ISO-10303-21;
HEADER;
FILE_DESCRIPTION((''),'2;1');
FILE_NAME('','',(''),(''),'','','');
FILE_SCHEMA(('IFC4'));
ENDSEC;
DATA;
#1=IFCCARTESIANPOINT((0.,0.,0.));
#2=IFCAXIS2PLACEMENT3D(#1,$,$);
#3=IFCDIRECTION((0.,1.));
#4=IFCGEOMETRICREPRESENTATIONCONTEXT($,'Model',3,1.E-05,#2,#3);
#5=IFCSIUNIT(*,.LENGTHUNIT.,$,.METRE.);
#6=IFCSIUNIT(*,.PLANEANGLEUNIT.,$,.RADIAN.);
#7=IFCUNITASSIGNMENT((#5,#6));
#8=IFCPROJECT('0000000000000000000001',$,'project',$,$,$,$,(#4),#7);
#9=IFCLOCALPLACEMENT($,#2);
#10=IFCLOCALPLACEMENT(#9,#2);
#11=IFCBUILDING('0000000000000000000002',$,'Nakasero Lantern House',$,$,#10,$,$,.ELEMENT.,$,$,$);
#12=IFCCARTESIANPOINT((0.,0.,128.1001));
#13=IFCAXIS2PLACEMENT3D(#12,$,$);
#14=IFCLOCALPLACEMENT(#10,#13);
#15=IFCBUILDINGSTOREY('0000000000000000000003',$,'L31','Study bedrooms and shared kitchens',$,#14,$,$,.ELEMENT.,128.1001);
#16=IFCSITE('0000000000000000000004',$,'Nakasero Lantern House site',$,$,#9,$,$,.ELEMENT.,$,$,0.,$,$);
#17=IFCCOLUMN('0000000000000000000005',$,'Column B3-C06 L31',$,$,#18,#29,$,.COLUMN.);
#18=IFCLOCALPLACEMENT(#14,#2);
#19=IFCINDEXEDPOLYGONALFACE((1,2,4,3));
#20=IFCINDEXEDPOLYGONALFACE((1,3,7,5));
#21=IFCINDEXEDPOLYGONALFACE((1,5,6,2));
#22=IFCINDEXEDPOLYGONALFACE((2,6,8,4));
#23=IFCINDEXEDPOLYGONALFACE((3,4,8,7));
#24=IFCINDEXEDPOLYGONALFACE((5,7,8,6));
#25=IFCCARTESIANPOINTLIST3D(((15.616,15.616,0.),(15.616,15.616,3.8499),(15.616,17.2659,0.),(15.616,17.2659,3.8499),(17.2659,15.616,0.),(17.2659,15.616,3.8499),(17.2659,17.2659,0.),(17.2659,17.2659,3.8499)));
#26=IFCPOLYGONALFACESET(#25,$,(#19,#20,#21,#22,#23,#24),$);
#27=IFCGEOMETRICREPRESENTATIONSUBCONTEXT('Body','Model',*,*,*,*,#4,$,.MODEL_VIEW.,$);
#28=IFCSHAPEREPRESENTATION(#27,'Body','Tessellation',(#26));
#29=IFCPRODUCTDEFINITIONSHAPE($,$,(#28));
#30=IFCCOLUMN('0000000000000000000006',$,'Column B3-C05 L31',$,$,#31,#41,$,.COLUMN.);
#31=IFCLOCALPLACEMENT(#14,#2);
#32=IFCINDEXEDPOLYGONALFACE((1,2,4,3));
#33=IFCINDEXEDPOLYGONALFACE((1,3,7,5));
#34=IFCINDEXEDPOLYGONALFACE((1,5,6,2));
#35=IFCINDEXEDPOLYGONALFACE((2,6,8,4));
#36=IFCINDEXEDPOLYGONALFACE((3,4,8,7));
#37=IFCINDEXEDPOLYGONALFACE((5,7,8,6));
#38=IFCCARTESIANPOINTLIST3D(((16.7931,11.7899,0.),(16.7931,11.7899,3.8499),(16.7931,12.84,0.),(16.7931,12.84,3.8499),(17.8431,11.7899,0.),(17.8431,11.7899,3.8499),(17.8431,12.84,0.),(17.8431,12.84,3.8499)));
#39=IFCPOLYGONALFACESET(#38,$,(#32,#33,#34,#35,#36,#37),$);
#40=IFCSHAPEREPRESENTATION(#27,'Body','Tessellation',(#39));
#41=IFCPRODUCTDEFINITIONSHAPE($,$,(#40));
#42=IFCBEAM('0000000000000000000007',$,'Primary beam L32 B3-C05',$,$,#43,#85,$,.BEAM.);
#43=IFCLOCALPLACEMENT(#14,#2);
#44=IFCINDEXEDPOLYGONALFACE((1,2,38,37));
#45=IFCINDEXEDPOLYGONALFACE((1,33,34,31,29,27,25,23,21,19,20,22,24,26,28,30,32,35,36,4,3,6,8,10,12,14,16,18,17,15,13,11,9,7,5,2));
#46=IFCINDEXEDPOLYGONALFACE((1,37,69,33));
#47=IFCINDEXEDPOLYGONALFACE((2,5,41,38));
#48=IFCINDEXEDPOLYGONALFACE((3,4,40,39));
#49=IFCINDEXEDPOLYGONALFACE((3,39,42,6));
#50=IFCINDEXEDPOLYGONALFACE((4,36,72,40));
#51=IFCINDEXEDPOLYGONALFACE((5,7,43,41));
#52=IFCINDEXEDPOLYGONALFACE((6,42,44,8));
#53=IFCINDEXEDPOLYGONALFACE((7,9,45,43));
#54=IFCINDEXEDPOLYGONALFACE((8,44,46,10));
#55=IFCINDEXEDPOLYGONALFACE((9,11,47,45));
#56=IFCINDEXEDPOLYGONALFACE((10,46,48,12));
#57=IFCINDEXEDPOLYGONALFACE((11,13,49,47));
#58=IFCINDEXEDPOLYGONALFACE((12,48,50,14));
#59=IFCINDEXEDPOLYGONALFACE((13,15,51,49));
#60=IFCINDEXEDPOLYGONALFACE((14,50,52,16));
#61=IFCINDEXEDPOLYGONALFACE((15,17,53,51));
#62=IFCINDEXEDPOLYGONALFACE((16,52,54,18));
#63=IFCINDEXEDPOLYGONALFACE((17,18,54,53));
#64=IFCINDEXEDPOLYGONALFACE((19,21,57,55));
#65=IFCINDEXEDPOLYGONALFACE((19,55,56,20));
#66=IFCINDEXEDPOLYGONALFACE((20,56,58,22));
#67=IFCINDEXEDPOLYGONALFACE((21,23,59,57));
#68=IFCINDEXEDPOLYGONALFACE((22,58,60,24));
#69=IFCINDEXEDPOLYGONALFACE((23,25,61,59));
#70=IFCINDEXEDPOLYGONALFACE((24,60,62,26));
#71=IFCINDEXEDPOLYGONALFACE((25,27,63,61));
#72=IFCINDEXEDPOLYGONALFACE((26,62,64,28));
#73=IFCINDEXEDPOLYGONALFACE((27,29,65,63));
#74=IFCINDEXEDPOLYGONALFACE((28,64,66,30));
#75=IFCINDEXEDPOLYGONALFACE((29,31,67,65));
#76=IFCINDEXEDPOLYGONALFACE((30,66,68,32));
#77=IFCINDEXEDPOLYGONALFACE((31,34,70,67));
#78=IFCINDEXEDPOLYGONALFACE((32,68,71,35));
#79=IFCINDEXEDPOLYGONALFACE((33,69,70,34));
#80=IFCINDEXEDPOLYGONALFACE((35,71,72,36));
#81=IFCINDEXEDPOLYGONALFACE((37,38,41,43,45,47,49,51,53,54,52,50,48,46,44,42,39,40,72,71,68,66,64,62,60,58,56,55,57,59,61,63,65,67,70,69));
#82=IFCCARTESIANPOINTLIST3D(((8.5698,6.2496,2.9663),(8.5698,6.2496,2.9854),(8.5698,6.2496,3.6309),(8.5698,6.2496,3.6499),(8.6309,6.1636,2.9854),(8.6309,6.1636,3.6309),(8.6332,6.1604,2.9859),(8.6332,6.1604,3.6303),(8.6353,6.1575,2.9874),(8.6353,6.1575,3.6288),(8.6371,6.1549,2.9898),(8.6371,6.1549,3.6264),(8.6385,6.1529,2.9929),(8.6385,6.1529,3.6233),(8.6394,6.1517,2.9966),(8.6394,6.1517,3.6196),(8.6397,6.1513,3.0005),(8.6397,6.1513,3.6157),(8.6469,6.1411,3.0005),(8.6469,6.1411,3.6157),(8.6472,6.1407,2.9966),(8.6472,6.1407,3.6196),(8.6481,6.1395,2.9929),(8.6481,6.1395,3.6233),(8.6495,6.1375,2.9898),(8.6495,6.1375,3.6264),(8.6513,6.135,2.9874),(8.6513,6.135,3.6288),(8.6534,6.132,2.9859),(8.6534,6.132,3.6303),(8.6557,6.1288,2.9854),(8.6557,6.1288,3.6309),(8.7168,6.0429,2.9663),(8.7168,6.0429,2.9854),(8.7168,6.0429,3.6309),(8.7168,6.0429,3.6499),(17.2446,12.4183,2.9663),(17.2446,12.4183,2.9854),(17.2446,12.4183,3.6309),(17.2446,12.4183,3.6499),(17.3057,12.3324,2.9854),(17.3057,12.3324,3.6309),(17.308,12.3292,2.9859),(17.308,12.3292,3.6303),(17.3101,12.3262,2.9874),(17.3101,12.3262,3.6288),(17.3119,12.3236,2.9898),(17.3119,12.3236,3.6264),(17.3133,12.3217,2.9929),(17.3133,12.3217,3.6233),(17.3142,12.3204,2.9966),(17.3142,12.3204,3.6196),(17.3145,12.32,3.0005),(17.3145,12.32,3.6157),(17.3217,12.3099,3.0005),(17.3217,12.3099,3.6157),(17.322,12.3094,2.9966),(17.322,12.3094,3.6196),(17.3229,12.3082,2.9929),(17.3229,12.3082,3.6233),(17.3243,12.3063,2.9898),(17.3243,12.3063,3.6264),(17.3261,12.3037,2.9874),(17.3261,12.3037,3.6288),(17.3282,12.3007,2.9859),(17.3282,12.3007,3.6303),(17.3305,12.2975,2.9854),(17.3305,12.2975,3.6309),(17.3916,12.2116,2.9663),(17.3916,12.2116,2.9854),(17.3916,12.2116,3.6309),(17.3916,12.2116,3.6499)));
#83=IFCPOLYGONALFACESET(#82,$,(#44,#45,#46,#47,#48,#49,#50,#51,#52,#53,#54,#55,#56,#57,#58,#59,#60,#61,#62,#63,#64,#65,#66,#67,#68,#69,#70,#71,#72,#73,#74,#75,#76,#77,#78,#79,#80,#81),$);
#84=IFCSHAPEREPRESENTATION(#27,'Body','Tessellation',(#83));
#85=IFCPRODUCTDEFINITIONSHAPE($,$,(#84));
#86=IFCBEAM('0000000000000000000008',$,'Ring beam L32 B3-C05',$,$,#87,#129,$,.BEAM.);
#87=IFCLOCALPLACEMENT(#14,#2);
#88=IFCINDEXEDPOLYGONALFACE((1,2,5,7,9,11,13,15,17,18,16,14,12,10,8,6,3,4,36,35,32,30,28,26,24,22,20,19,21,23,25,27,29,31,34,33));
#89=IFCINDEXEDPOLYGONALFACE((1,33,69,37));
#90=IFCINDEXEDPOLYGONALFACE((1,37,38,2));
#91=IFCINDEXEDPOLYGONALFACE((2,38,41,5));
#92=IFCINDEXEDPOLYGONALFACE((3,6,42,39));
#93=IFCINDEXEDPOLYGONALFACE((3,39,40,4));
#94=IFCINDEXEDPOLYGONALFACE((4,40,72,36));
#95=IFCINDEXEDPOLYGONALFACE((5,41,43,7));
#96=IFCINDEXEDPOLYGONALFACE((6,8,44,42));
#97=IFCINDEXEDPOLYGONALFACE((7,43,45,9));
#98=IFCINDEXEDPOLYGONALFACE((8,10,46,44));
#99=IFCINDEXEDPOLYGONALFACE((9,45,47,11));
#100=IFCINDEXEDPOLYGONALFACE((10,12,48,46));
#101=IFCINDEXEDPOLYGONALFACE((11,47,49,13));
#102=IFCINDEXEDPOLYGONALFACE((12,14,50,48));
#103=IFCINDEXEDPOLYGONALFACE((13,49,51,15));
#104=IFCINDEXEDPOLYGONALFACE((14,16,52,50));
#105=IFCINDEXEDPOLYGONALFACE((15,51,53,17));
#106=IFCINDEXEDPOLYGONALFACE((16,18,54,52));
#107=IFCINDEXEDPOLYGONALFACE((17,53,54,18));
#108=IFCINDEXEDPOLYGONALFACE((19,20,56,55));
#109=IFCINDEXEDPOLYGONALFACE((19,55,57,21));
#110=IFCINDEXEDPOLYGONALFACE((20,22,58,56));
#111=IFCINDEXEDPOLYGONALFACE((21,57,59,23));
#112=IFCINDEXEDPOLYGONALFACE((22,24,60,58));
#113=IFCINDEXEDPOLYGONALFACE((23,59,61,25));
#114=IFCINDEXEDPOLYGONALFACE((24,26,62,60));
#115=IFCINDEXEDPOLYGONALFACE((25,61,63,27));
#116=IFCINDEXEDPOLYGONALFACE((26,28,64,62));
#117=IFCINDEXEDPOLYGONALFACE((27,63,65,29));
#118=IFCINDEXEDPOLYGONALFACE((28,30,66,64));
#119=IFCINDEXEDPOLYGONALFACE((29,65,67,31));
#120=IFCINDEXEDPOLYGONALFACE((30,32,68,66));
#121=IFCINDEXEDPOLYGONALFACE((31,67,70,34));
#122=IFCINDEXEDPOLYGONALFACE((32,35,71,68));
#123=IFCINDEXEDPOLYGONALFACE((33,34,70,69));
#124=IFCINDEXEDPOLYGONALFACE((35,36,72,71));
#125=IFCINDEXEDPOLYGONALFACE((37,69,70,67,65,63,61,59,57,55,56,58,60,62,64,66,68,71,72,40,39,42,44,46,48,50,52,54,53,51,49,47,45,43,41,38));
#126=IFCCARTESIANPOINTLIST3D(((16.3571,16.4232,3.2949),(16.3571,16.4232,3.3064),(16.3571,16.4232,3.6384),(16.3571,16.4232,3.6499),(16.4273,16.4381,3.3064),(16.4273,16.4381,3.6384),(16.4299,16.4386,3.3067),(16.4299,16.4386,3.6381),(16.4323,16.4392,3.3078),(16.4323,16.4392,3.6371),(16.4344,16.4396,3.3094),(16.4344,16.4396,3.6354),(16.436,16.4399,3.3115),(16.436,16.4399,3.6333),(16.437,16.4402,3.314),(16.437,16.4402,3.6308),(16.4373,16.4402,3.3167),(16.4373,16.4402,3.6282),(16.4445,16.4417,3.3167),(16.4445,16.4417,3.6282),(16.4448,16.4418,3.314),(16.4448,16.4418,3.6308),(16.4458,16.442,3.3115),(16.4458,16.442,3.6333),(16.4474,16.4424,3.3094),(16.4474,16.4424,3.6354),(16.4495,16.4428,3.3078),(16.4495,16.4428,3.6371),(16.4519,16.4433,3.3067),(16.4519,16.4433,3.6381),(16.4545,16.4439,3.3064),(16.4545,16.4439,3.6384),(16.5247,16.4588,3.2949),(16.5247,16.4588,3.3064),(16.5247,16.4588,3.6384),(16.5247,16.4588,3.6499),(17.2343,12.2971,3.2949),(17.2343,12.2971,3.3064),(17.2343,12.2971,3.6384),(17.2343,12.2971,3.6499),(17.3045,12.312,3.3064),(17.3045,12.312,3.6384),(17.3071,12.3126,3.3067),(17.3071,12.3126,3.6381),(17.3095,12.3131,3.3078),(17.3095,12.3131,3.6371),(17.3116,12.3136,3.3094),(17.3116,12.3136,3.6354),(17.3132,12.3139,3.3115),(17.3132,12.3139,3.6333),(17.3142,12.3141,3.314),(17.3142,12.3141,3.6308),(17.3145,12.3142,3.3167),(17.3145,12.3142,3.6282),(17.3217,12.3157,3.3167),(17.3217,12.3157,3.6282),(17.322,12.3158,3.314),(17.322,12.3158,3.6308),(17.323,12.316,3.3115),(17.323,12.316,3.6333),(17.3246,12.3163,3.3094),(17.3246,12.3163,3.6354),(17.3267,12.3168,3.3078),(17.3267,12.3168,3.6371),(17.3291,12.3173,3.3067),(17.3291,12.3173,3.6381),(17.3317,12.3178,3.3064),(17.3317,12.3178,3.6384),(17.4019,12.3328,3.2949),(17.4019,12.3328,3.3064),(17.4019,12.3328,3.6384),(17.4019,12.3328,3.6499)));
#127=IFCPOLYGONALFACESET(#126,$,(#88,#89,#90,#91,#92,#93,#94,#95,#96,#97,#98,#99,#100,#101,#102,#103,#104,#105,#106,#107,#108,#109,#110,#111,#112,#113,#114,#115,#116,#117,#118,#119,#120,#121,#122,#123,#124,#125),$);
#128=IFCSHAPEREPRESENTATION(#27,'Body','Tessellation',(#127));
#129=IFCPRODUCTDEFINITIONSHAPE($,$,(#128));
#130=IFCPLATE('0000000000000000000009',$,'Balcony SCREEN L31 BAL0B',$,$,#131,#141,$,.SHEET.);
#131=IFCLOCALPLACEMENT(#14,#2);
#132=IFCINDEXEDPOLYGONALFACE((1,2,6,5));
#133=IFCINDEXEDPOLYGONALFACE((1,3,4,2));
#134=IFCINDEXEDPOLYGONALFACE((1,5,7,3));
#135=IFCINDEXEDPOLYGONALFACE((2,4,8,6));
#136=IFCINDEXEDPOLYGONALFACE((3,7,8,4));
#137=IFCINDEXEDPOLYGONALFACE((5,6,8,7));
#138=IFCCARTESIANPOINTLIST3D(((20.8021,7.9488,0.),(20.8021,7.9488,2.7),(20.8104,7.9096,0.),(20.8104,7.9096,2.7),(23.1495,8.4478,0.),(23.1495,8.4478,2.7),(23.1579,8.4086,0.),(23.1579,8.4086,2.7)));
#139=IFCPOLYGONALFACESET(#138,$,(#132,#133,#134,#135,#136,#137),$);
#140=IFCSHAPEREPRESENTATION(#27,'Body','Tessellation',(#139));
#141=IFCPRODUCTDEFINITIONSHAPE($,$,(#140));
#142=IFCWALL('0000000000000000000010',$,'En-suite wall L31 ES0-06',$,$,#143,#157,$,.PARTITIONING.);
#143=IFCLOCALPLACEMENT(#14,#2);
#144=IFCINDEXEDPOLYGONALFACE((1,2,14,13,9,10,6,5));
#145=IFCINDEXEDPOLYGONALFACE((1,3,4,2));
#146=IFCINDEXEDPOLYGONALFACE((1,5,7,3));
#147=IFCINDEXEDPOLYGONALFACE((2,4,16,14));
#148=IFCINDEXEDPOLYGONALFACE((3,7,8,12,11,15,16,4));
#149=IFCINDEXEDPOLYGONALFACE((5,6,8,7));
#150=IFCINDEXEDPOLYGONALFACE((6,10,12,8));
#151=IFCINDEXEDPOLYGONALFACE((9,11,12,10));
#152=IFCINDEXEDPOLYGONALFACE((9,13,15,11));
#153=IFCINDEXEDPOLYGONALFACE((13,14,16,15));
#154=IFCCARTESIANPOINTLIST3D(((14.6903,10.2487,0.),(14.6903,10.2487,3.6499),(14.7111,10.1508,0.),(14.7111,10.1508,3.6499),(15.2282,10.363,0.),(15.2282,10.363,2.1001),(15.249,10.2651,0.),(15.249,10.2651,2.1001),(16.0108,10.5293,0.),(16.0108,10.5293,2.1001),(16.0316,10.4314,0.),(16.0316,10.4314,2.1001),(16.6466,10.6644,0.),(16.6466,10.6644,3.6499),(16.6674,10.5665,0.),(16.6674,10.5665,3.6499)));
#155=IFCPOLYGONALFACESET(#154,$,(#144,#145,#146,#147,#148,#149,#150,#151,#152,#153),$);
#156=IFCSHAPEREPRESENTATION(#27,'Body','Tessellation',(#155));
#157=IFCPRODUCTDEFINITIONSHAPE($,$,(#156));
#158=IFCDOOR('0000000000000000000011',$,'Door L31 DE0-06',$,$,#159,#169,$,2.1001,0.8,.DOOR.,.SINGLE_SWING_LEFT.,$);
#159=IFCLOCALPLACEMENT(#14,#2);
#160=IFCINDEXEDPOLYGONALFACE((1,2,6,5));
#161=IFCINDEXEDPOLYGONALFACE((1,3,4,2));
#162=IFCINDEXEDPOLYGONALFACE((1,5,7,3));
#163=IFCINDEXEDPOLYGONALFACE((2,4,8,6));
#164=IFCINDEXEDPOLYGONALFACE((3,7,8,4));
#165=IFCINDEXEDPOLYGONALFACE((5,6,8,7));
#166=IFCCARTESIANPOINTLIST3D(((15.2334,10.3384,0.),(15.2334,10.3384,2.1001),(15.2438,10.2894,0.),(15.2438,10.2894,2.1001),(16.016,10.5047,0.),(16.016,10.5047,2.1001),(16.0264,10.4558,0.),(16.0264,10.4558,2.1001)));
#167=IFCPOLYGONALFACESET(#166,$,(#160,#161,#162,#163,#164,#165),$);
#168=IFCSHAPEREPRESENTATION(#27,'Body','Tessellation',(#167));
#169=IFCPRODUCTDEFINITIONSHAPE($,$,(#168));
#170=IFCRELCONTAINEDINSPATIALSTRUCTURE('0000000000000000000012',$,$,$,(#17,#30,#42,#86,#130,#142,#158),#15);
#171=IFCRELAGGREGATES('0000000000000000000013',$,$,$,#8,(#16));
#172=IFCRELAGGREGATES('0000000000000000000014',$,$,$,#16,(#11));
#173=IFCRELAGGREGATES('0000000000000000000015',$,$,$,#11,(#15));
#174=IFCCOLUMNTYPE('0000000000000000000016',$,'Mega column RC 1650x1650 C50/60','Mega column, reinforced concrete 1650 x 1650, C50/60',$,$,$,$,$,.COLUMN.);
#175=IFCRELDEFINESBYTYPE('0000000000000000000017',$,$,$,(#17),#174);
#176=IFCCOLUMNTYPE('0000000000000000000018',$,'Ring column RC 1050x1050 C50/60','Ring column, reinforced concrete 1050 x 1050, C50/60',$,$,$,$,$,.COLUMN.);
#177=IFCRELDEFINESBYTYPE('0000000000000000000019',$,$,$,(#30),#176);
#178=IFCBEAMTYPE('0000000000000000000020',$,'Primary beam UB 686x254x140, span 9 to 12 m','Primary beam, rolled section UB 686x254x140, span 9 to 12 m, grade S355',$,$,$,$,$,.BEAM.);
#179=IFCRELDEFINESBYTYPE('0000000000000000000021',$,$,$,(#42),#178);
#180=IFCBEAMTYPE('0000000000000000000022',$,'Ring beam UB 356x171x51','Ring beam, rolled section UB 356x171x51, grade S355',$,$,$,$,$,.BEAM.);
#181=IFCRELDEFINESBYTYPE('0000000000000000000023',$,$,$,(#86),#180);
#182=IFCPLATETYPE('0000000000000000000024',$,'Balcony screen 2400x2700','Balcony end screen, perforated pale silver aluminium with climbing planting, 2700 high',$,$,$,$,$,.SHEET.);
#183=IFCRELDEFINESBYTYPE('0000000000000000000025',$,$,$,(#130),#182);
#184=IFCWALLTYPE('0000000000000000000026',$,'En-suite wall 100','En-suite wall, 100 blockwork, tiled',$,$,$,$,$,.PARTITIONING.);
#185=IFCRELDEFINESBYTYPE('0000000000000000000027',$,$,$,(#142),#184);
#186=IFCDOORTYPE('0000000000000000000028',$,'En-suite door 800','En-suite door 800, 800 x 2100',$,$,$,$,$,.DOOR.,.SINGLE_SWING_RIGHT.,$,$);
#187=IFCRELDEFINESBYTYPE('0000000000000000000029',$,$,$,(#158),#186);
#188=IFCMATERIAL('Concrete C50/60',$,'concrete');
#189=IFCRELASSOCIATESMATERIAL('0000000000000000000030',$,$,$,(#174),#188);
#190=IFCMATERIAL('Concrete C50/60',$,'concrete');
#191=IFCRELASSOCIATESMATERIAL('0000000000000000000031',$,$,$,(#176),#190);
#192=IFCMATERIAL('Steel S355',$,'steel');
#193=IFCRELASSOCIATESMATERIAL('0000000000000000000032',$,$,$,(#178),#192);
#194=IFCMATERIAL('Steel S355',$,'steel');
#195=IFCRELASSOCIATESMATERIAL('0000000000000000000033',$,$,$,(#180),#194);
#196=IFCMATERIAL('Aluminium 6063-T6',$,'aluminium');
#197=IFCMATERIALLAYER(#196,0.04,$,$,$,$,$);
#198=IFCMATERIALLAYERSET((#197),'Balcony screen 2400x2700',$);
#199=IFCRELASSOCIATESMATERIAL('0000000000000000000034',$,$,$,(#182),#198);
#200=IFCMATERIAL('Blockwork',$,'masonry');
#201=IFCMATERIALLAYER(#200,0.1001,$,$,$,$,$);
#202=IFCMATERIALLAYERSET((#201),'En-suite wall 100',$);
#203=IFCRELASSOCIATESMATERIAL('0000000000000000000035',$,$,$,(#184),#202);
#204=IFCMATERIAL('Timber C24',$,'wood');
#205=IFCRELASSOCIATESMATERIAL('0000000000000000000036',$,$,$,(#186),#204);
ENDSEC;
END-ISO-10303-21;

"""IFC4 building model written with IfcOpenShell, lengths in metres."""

from ifc_helpers import new_model, si_unit, direction, frame, frame_2d, origin, origin_2d, place, context, subcontext, project, spatial, rectangle, i_section, extrude, material, layer, layer_set, material_profile, profile_set, type_object, element, fill, save


model = new_model("IFC4")

# Units and contexts
model_context = context("Model", 3, precision=1e-05, world=origin(), true_north=direction((0.0, 1.0)))
body_context = subcontext(model_context, "Body", "Model", "MODEL_VIEW")
ifc_project = project(units=[si_unit("LENGTHUNIT", "METRE"), si_unit("PLANEANGLEUNIT", "RADIAN")], contexts=[model_context])

# Site, building, storey
site_placement = place(None, origin())
site = spatial("IfcSite", under=ifc_project, at=site_placement, Name="Nakasero Lantern House site", CompositionType="ELEMENT", RefElevation=0.0)
building_placement = place(site_placement, origin())
building = spatial("IfcBuilding", under=site, at=building_placement, Name="Nakasero Lantern House", CompositionType="ELEMENT")
storey_placement = place(building_placement, frame((0.0, 0.0, 128.1001)))
storey = spatial("IfcBuildingStorey", under=building, at=storey_placement, Name="L31", Description="Study bedrooms and shared kitchens", CompositionType="ELEMENT", Elevation=128.1001)

# Columns
ifc_material_1 = material(Name="Concrete C50/60", Category="concrete")
ifc_material_profile_1 = material_profile(ifc_material_1, rectangle(XDim=1.6499, YDim=1.6499, at=origin_2d()), Name="RC 1650x1650")
ifc_profile_set_1 = profile_set([ifc_material_profile_1], Name="Concrete C50/60")
column_type_1 = type_object("IfcColumnType", Name="Mega column RC 1650x1650 C50/60", Description="Mega column, reinforced concrete 1650 x 1650, C50/60", PredefinedType="COLUMN", material=ifc_profile_set_1)
column_1_placement = place(storey_placement, frame((16.4409, 16.4409, 0.0), z_axis=(0.0, 0.0, 1.0), x_axis=(1.0, 0.0, 0.0)))
element("IfcColumn", 1, at=column_1_placement, inside=storey, type_object=column_type_1, Name="Column B3-C06 L31", PredefinedType="COLUMN", context=body_context, shape_type="SweptSolid", body=[
    extrude(rectangle(XDim=1.6499, YDim=1.6499, at=origin_2d()), origin(), (0.0, 0.0, 1.0), 3.8499),
])
ifc_material_2 = material(Name="Concrete C50/60", Category="concrete")
ifc_material_profile_2 = material_profile(ifc_material_2, rectangle(XDim=1.05, YDim=1.05, at=origin_2d()), Name="RC 1050x1050")
ifc_profile_set_2 = profile_set([ifc_material_profile_2], Name="Concrete C50/60")
column_type_2 = type_object("IfcColumnType", Name="Ring column RC 1050x1050 C50/60", Description="Ring column, reinforced concrete 1050 x 1050, C50/60", PredefinedType="COLUMN", material=ifc_profile_set_2)
column_2_placement = place(storey_placement, frame((17.3181, 12.3149, 0.0), z_axis=(0.0, 0.0, 1.0), x_axis=(1.0, 0.0, 0.0)))
element("IfcColumn", 2, at=column_2_placement, inside=storey, type_object=column_type_2, Name="Column B3-C05 L31", PredefinedType="COLUMN", context=body_context, shape_type="SweptSolid", body=[
    extrude(rectangle(XDim=1.05, YDim=1.05, at=origin_2d()), origin(), (0.0, 0.0, 1.0), 3.8499),
])

# Beams
ifc_material_3 = material(Name="Steel S355", Category="steel")
ifc_material_profile_3 = material_profile(ifc_material_3, i_section(OverallWidth=0.2537, OverallDepth=0.6836, WebThickness=0.0125, FlangeThickness=0.019, FilletRadius=0.0151, at=origin_2d()), Name="UB 686x254x140")
ifc_profile_set_3 = profile_set([ifc_material_profile_3], Name="Steel S355")
beam_type_1 = type_object("IfcBeamType", Name="Primary beam UB 686x254x140, span 9 to 12 m", Description="Primary beam, rolled section UB 686x254x140, span 9 to 12 m, grade S355", PredefinedType="BEAM", material=ifc_profile_set_3)
beam_1_placement = place(storey_placement, frame((17.3181, 12.3149, 3.3081), z_axis=(-0.814957, -0.579521, 0.0), x_axis=(0.579521, -0.814957, 0.0)))
element("IfcBeam", 3, at=beam_1_placement, inside=storey, type_object=beam_type_1, Name="Primary beam L32 B3-C05", PredefinedType="BEAM", context=body_context, shape_type="SweptSolid", body=[
    extrude(i_section(OverallWidth=0.2537, OverallDepth=0.6836, WebThickness=0.0125, FlangeThickness=0.019, FilletRadius=0.0151, at=origin_2d()), origin(), (0.0, 0.0, 1.0), 10.6445),
])
ifc_material_4 = material(Name="Steel S355", Category="steel")
ifc_material_profile_4 = material_profile(ifc_material_4, i_section(OverallWidth=0.1714, OverallDepth=0.355, WebThickness=0.0073, FlangeThickness=0.0115, FilletRadius=0.0103, at=origin_2d()), Name="UB 356x171x51")
ifc_profile_set_4 = profile_set([ifc_material_profile_4], Name="Steel S355")
beam_type_2 = type_object("IfcBeamType", Name="Ring beam UB 356x171x51", Description="Ring beam, rolled section UB 356x171x51, grade S355", PredefinedType="BEAM", material=ifc_profile_set_4)
beam_2_placement = place(storey_placement, frame((17.3181, 12.3149, 3.4724), z_axis=(-0.207956, 0.978138, 0.0), x_axis=(-0.978138, -0.207956, 0.0)))
element("IfcBeam", 4, at=beam_2_placement, inside=storey, type_object=beam_type_2, Name="Ring beam L32 B3-C05", PredefinedType="BEAM", context=body_context, shape_type="SweptSolid", body=[
    extrude(i_section(OverallWidth=0.1714, OverallDepth=0.355, WebThickness=0.0073, FlangeThickness=0.0115, FilletRadius=0.0103, at=origin_2d()), origin(), (0.0, 0.0, 1.0), 4.2183),
])

# Plate
ifc_material_5 = material(Name="Aluminium 6063-T6", Category="aluminium")
ifc_layer_1 = layer(ifc_material_5, 0.04)
ifc_layer_set_1 = layer_set([ifc_layer_1], Name="Balcony screen 2400x2700")
plate_type = type_object("IfcPlateType", Name="Balcony screen 2400x2700", Description="Balcony end screen, perforated pale silver aluminium with climbing planting, 2700 high", PredefinedType="SHEET", material=ifc_layer_set_1)
plate_placement = place(storey_placement, frame((21.98, 8.1787, 0.0), z_axis=(0.0, 0.0, 1.0), x_axis=(0.978148, 0.207912, 0.0)))
element("IfcPlate", 5, at=plate_placement, inside=storey, type_object=plate_type, Name="Balcony SCREEN L31 BAL0B", PredefinedType="SHEET", context=body_context, shape_type="SweptSolid", body=[
    extrude(rectangle(XDim=2.3999, YDim=0.04, at=origin_2d()), origin(), (0.0, 0.0, 1.0), 2.7),
])

# Wall, opening, door
ifc_material_6 = material(Name="Blockwork", Category="masonry")
ifc_layer_2 = layer(ifc_material_6, 0.1001)
ifc_layer_set_2 = layer_set([ifc_layer_2], Name="En-suite wall 100")
wall_type_1 = type_object("IfcWallType", Name="En-suite wall 100", Description="En-suite wall, 100 blockwork, tiled", PredefinedType="PARTITIONING", material=ifc_layer_set_2)
wall_1_placement = place(storey_placement, frame((14.7007, 10.1997, 0.0), z_axis=(0.0, 0.0, 1.0), x_axis=(0.978153, 0.207886, 0.0)))
wall_1 = element("IfcWall", 6, at=wall_1_placement, inside=storey, type_object=wall_type_1, Name="En-suite wall L31 ES0-06", PredefinedType="PARTITIONING", context=body_context, shape_type="SweptSolid", body=[
    extrude(rectangle(XDim=2.0, YDim=0.1001, at=frame_2d((1.0, 0.0))), origin(), (0.0, 0.0, 1.0), 3.6499),
])
opening_1_placement = place(wall_1_placement, frame((0.55, 0.0, 0.0)))
opening_1 = element("IfcOpeningElement", 7, at=opening_1_placement, cuts=wall_1, PredefinedType="OPENING", context=body_context, shape_type="SweptSolid", body=[
    extrude(rectangle(XDim=0.8, YDim=2.1001, at=frame_2d((0.3999, 1.05))), frame((0.0, 0.0701, 0.0), z_axis=(0.0, -1.0, 0.0), x_axis=(1.0, 0.0, 0.0)), (0.0, 0.0, 1.0), 0.1401),
])
ifc_material_7 = material(Name="Timber C24", Category="wood")
door_type = type_object("IfcDoorType", Name="En-suite door 800", Description="En-suite door 800, 800 x 2100", OperationType="SINGLE_SWING_RIGHT", PredefinedType="DOOR", material=ifc_material_7)
door_1_placement = place(opening_1_placement, origin())
door_1 = element("IfcDoor", 8, at=door_1_placement, inside=storey, type_object=door_type, Name="Door L31 DE0-06", OperationType="SINGLE_SWING_LEFT", OverallHeight=2.1001, OverallWidth=0.8, PredefinedType="DOOR", context=body_context, shape_type="SweptSolid", body=[
    extrude(rectangle(XDim=0.8, YDim=2.1001, at=frame_2d((0.3999, 1.05))), frame((0.0, 0.0249, 0.0), z_axis=(0.0, -1.0, 0.0), x_axis=(1.0, 0.0, 0.0)), (0.0, 0.0, 1.0), 0.05),
])
fill(opening_1, door_1)

save(model, "model.ifc")
